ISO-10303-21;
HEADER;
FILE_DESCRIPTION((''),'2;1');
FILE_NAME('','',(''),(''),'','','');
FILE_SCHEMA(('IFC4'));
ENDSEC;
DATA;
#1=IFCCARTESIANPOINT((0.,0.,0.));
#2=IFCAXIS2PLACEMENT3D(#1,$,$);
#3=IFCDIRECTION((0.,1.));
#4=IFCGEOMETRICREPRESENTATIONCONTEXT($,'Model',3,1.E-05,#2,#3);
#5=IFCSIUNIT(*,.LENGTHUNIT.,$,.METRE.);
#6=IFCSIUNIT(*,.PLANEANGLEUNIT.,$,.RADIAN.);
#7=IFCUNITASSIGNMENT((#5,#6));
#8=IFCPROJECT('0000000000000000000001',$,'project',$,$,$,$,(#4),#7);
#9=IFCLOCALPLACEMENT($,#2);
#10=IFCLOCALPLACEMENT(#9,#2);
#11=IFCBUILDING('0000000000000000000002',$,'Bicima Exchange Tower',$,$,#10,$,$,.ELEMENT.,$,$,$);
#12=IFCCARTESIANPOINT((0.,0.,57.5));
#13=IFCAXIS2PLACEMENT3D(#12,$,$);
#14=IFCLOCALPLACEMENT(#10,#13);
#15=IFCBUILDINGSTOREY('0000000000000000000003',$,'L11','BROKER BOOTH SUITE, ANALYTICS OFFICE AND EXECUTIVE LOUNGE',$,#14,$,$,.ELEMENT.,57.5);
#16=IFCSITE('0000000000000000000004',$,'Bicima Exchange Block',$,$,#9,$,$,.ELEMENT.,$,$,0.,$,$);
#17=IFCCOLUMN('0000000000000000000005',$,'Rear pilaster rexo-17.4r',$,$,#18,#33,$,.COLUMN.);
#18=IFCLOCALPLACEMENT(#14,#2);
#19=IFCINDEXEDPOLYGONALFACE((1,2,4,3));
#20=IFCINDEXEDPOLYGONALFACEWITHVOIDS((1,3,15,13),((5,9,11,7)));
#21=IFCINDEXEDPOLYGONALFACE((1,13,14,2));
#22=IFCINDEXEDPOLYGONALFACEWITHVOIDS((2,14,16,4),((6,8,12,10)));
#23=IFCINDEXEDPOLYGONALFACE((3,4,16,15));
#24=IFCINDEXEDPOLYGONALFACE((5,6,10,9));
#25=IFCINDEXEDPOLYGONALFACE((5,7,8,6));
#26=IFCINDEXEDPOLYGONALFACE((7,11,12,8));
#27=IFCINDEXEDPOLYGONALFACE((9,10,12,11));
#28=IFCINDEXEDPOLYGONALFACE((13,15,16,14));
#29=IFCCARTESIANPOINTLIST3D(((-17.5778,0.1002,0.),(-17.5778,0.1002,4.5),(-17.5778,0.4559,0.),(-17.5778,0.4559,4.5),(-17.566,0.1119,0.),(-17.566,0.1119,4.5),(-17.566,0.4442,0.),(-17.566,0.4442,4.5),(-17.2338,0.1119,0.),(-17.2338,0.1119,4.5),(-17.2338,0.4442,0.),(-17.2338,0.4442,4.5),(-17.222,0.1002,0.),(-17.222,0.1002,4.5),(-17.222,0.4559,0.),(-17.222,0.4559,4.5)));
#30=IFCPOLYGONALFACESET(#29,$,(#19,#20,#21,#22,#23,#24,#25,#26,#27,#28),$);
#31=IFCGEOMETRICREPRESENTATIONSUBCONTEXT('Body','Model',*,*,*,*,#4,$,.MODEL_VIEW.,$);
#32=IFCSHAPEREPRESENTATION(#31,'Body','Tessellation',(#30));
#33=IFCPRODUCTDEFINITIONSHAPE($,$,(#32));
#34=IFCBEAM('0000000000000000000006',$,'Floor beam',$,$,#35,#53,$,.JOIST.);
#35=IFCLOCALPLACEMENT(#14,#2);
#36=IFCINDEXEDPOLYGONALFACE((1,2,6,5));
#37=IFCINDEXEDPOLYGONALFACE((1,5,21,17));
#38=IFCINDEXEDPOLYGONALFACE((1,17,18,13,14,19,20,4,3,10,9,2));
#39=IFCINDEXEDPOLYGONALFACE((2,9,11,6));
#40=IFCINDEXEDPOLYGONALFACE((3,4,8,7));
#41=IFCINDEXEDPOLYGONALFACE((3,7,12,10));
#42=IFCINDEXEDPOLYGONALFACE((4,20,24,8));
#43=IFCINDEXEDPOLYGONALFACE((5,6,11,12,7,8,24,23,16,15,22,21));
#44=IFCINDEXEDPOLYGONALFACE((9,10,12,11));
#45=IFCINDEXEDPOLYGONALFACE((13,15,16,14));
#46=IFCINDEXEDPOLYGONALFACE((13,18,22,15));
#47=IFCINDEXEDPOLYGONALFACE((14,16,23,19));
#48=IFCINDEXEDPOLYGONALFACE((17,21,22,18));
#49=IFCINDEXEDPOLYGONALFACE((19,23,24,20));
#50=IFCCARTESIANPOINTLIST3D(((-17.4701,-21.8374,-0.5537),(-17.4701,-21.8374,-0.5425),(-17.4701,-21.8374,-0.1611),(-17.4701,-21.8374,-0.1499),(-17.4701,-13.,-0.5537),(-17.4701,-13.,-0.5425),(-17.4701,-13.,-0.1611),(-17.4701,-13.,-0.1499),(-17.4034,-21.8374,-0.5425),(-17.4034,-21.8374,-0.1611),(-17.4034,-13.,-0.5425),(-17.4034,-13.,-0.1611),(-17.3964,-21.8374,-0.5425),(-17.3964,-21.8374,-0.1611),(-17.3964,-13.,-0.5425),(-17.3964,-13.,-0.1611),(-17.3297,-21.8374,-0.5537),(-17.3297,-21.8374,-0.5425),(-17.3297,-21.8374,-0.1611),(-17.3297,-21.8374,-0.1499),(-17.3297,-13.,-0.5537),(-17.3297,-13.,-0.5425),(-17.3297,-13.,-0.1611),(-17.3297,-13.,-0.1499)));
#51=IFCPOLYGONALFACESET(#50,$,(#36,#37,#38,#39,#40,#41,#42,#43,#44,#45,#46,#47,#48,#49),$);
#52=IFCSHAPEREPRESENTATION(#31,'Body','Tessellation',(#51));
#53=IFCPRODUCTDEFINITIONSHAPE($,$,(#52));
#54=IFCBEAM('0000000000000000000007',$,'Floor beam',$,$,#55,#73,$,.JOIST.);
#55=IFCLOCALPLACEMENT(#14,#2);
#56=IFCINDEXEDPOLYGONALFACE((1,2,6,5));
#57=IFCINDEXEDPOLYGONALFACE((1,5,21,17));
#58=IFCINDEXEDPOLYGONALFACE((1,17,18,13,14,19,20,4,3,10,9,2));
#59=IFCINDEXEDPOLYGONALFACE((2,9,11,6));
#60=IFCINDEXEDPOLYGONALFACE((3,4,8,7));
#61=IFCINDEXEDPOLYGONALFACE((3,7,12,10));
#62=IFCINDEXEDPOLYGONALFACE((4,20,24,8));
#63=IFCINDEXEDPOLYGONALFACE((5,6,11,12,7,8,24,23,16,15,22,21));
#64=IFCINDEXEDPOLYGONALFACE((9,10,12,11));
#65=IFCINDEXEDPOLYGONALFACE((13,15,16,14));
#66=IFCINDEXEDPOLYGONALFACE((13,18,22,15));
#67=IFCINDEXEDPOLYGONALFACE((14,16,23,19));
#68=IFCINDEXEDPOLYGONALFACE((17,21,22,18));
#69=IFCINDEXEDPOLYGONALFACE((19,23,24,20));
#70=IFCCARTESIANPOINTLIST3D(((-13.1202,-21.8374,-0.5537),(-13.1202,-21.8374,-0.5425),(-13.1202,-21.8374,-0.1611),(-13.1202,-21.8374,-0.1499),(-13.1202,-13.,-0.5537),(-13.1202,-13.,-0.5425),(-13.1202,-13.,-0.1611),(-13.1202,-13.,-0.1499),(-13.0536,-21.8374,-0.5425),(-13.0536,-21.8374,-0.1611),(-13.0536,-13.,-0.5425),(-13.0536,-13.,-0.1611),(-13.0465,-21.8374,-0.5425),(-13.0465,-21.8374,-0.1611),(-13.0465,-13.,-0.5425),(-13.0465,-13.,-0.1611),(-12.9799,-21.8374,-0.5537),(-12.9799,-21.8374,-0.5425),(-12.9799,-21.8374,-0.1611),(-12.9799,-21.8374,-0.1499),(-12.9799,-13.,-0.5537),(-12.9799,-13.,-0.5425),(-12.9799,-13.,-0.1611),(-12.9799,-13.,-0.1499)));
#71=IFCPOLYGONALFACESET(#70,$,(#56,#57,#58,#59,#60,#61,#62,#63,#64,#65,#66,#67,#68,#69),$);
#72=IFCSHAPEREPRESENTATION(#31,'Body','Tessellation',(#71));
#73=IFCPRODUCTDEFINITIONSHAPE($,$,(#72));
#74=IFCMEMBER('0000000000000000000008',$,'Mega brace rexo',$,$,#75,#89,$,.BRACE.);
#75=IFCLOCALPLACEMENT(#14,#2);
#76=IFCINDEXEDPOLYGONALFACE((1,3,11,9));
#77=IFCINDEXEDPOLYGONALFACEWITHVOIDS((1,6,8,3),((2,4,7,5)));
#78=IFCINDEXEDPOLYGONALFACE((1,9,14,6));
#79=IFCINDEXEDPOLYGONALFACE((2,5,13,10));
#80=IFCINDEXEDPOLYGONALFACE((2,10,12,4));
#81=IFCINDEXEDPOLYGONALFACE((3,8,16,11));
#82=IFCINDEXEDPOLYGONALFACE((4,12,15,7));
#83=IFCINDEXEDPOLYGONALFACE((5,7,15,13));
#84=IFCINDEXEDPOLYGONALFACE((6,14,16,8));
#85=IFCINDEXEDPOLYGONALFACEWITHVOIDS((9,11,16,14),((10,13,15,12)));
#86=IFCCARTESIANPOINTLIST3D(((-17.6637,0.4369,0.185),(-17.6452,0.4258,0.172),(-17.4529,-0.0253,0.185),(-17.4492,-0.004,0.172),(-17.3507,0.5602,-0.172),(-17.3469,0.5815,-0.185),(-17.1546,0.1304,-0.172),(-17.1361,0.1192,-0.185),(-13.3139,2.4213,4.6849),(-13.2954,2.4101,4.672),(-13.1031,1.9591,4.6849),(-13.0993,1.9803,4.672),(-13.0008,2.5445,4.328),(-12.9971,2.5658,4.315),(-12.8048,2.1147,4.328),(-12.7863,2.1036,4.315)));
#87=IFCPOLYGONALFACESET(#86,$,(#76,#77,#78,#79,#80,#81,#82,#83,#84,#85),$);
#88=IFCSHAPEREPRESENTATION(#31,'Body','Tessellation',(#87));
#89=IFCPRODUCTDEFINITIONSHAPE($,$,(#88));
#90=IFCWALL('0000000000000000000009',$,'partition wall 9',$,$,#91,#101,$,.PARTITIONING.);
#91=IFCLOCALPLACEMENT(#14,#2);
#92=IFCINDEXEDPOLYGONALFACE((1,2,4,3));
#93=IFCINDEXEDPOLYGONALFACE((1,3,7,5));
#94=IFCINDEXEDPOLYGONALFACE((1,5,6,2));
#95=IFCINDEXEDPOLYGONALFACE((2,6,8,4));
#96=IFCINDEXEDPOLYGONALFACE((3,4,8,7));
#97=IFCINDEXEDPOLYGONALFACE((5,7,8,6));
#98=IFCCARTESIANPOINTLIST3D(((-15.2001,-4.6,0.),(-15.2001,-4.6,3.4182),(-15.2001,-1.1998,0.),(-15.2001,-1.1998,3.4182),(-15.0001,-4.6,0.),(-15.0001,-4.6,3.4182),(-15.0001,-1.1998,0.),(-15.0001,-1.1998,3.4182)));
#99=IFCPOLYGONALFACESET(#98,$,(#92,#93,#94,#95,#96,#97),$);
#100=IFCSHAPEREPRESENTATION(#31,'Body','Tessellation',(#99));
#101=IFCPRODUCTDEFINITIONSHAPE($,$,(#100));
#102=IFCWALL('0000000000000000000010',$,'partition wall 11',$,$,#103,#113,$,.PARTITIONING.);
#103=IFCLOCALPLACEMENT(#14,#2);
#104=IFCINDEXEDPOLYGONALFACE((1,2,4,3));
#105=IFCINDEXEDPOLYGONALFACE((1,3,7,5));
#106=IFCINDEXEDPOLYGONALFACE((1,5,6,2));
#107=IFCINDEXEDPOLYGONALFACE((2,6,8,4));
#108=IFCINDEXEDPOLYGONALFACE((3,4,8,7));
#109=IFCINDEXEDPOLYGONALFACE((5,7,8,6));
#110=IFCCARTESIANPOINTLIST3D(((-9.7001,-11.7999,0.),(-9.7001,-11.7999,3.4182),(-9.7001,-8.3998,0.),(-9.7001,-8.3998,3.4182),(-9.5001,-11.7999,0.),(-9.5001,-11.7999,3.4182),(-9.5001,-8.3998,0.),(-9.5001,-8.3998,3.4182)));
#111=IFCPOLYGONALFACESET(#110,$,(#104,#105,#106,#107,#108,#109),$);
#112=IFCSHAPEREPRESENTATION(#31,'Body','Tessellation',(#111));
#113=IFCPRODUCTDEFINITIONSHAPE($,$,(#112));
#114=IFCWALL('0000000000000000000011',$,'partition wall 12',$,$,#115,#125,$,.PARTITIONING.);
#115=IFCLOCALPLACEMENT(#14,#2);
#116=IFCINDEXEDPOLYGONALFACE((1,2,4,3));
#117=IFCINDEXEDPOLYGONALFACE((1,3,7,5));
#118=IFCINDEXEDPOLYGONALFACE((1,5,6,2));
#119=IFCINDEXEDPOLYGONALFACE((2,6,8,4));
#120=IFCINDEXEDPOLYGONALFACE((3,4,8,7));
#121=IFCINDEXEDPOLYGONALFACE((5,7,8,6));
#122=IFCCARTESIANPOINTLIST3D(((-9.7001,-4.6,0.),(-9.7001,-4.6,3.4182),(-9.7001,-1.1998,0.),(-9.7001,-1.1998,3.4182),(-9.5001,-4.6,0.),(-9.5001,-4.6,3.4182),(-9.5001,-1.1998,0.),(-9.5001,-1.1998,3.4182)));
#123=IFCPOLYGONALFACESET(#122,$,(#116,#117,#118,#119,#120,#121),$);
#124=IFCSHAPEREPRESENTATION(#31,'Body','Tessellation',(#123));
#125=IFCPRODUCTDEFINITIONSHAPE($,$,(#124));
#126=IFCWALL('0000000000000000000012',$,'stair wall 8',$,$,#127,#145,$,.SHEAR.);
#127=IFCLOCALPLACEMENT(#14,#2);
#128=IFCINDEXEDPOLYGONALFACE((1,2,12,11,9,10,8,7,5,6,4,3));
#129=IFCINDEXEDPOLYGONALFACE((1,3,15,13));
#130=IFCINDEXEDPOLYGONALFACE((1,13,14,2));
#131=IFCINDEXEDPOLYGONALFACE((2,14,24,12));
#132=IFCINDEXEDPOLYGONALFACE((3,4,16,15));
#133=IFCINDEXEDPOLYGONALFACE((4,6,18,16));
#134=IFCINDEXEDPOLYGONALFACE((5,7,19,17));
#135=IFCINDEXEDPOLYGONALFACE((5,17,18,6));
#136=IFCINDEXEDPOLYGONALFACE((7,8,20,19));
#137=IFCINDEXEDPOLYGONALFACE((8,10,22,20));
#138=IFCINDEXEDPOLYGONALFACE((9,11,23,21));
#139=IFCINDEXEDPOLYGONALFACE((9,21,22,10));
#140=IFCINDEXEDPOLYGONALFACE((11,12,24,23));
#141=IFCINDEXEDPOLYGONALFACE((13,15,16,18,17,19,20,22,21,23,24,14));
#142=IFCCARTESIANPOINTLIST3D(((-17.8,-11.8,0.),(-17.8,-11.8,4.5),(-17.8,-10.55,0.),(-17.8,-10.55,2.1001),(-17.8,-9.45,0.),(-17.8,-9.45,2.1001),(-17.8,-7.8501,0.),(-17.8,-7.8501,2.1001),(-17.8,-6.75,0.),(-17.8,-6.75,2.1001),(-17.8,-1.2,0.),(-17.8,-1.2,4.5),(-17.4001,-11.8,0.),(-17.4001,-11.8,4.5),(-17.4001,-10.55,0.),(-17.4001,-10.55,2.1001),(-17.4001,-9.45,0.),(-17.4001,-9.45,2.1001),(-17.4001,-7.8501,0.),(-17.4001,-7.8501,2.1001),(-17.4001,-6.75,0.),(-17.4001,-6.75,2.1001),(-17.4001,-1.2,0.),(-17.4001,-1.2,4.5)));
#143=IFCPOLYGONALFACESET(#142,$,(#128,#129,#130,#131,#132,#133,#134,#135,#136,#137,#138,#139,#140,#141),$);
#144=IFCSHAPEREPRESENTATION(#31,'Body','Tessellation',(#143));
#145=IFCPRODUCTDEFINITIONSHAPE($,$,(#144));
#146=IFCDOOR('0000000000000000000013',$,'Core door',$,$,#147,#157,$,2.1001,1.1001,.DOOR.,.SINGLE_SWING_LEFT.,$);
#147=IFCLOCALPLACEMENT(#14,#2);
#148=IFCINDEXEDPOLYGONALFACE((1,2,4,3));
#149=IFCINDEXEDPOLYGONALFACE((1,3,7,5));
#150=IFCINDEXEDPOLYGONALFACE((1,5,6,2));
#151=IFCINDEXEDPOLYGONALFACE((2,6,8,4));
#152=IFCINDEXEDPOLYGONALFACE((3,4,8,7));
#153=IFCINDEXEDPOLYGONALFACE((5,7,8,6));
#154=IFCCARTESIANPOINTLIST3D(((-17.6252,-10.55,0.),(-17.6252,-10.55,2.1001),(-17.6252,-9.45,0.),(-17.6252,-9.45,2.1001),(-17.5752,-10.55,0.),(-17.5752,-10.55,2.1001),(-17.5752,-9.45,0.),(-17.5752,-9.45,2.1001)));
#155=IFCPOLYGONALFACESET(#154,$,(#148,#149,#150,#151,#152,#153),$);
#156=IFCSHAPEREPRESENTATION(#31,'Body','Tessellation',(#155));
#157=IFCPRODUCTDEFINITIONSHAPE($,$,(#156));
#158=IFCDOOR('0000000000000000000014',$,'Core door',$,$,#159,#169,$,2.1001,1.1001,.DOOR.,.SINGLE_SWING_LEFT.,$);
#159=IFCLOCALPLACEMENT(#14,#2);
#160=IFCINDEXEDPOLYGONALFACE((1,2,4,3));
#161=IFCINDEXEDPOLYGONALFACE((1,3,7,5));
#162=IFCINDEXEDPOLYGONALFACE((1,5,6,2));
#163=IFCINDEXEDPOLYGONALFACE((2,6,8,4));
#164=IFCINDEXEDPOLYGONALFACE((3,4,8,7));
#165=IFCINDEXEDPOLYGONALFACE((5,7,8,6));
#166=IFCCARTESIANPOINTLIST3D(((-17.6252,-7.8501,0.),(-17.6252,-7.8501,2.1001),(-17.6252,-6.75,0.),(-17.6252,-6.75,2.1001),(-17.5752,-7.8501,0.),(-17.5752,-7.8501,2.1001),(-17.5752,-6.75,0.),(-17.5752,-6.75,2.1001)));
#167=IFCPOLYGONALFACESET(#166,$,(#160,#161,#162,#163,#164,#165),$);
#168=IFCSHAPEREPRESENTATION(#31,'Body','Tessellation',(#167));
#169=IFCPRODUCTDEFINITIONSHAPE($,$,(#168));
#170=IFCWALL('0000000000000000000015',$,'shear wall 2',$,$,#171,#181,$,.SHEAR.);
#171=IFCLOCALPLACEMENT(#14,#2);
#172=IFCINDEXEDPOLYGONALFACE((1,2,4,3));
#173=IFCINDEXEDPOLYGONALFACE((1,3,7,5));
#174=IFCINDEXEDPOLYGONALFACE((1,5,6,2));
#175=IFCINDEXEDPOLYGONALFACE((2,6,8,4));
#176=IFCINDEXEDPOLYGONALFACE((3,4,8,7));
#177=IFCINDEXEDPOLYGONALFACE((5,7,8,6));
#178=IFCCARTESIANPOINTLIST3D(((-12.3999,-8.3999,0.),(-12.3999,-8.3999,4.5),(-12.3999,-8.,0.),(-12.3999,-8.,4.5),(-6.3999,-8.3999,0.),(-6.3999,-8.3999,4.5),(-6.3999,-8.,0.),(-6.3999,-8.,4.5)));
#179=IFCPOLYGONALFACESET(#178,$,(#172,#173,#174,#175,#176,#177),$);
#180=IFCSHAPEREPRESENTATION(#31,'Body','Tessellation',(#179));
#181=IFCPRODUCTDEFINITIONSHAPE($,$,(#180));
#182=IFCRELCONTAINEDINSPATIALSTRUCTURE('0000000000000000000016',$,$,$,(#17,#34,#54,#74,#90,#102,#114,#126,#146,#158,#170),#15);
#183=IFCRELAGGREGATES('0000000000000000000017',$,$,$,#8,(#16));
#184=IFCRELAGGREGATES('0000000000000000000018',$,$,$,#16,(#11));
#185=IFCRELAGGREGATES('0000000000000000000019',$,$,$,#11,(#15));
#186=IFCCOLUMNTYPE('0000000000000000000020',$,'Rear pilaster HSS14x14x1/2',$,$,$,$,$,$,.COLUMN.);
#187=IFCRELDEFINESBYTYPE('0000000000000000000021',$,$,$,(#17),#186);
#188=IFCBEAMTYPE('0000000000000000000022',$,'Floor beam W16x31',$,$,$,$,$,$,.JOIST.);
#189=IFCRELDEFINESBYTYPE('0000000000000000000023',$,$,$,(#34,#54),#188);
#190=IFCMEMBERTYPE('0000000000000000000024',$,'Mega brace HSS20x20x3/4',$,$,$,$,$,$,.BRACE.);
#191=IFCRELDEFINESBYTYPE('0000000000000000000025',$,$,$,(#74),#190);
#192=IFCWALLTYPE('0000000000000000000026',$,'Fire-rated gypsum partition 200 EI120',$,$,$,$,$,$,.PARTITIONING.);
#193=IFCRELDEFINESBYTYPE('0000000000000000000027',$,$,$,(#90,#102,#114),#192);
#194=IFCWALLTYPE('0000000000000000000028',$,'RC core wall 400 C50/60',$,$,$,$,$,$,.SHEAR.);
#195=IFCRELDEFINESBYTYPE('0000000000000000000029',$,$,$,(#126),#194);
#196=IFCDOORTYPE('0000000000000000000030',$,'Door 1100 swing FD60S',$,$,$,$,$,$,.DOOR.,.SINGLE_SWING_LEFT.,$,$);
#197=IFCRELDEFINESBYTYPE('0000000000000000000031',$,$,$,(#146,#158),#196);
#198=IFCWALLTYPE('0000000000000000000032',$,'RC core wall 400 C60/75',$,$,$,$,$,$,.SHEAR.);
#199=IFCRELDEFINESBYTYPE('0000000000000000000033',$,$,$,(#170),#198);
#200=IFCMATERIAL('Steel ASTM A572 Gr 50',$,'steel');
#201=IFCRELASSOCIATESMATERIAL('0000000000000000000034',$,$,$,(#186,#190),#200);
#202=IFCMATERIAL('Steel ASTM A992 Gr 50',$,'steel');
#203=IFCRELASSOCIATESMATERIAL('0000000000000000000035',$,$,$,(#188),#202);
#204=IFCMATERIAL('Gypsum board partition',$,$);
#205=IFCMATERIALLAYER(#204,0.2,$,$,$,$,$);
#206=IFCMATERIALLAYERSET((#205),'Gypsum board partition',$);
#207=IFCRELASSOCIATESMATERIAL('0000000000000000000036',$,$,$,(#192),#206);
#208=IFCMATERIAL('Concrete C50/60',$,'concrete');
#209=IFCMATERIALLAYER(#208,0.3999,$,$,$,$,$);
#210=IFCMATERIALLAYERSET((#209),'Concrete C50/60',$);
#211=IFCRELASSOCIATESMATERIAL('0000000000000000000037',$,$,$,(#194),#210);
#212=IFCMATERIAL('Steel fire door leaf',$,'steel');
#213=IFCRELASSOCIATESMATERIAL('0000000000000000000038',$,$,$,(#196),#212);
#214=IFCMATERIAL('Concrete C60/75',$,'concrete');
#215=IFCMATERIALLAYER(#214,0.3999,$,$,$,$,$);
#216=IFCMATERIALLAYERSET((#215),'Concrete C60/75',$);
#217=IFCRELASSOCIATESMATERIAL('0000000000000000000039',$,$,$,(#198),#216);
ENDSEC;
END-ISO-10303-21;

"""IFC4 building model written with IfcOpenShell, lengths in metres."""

from ifc_helpers import new_model, si_unit, direction, frame, frame_2d, origin, origin_2d, place, context, subcontext, project, spatial, rectangle, hollow_rectangle, i_section, extrude, material, layer, layer_set, material_profile, profile_set, type_object, element, fill, save


model = new_model("IFC4")

# Units and contexts
model_context = context("Model", 3, precision=1e-05, world=origin(), true_north=direction((0.0, 1.0)))
body_context = subcontext(model_context, "Body", "Model", "MODEL_VIEW")
ifc_project = project(units=[si_unit("LENGTHUNIT", "METRE"), si_unit("PLANEANGLEUNIT", "RADIAN")], contexts=[model_context])

# Site, building, storey
site_placement = place(None, origin())
site = spatial("IfcSite", under=ifc_project, at=site_placement, Name="Bicima Exchange Block", CompositionType="ELEMENT", RefElevation=0.0)
building_placement = place(site_placement, origin())
building = spatial("IfcBuilding", under=site, at=building_placement, Name="Bicima Exchange Tower", CompositionType="ELEMENT")
storey_placement = place(building_placement, frame((0.0, 0.0, 57.5)))
storey = spatial("IfcBuildingStorey", under=building, at=storey_placement, Name="L11", Description="BROKER BOOTH SUITE, ANALYTICS OFFICE AND EXECUTIVE LOUNGE", CompositionType="ELEMENT", Elevation=57.5)

# Column
ifc_material_1 = material(Name="Steel ASTM A572 Gr 50", Category="steel")
ifc_material_profile_1 = material_profile(ifc_material_1, hollow_rectangle(XDim=0.3557, YDim=0.3557, WallThickness=0.0117, at=origin_2d()))
ifc_profile_set_1 = profile_set([ifc_material_profile_1], Name="Steel ASTM A572 Gr 50")
column_type = type_object("IfcColumnType", Name="Rear pilaster HSS14x14x1/2", PredefinedType="COLUMN", material=ifc_profile_set_1)
column_placement = place(storey_placement, frame((-17.3999, 0.2781, 0.0), z_axis=(0.0, 0.0, 1.0), x_axis=(1.0, 0.0, 0.0)))
element("IfcColumn", 1, at=column_placement, inside=storey, type_object=column_type, Name="Rear pilaster rexo-17.4r", PredefinedType="COLUMN", context=body_context, shape_type="SweptSolid", body=[
    extrude(hollow_rectangle(XDim=0.3557, YDim=0.3557, WallThickness=0.0117, at=origin_2d()), origin(), (0.0, 0.0, 1.0), 4.5),
])

# Beams
ifc_material_2 = material(Name="Steel ASTM A992 Gr 50", Category="steel")
ifc_material_profile_2 = material_profile(ifc_material_2, i_section(OverallWidth=0.1404, OverallDepth=0.4038, WebThickness=0.0071, FlangeThickness=0.0112, at=origin_2d()))
ifc_profile_set_2 = profile_set([ifc_material_profile_2], Name="Steel ASTM A992 Gr 50")
beam_type = type_object("IfcBeamType", Name="Floor beam W16x31", PredefinedType="JOIST", material=ifc_profile_set_2)
for number, where, z_axis, x_axis, name in (
    (2, (-17.3999, -13.0, -0.3518), (0.0, -1.0, 0.0), (1.0, 0.0, 0.0), "Floor beam"),
    (3, (-13.05, -13.0, -0.3518), (0.0, -1.0, 0.0), (1.0, 0.0, 0.0), "Floor beam"),
):
    element("IfcBeam", number, at=place(storey_placement, frame(where, z_axis=z_axis, x_axis=x_axis)), inside=storey, type_object=beam_type, Name=name, PredefinedType="JOIST", context=body_context, shape_type="SweptSolid", body=[
        extrude(i_section(OverallWidth=0.1404, OverallDepth=0.4038, WebThickness=0.0071, FlangeThickness=0.0112, at=origin_2d()), origin(), (0.0, 0.0, 1.0), 8.8374),
    ])

# Member
ifc_material_profile_3 = material_profile(ifc_material_1, hollow_rectangle(XDim=0.5081, YDim=0.5081, WallThickness=0.0178, at=origin_2d()))
ifc_profile_set_3 = profile_set([ifc_material_profile_3], Name="Steel ASTM A572 Gr 50")
member_type = type_object("IfcMemberType", Name="Mega brace HSS20x20x3/4", PredefinedType="BRACE", material=ifc_profile_set_3)
member_placement = place(storey_placement, frame((-17.3999, 0.2781, 0.0), z_axis=(0.662508, 0.302232, 0.685376), x_axis=(-0.415045, 0.909801, 0.0)))
element("IfcMember", 4, at=member_placement, inside=storey, type_object=member_type, Name="Mega brace rexo", PredefinedType="BRACE", context=body_context, shape_type="SweptSolid", body=[
    extrude(hollow_rectangle(XDim=0.5081, YDim=0.5081, WallThickness=0.0178, at=origin_2d()), origin(), (0.0, 0.0, 1.0), 6.5657),
])

# Walls
ifc_material_3 = material(Name="Gypsum board partition")
ifc_layer_1 = layer(ifc_material_3, 0.2)
ifc_layer_set_1 = layer_set([ifc_layer_1], Name="Gypsum board partition")
wall_type_1 = type_object("IfcWallType", Name="Fire-rated gypsum partition 200 EI120", PredefinedType="PARTITIONING", material=ifc_layer_set_1)
for number, where, z_axis, x_axis, name in (
    (5, (-15.1001, -4.6001, 0.0), (0.0, 0.0, 1.0), (0.0, 1.0, 0.0), "partition wall 9"),
    (6, (-9.6001, -11.8, 0.0), (0.0, 0.0, 1.0), (0.0, 1.0, 0.0), "partition wall 11"),
    (7, (-9.6001, -4.6001, 0.0), (0.0, 0.0, 1.0), (0.0, 1.0, 0.0), "partition wall 12"),
):
    element("IfcWall", number, at=place(storey_placement, frame(where, z_axis=z_axis, x_axis=x_axis)), inside=storey, type_object=wall_type_1, Name=name, PredefinedType="PARTITIONING", context=body_context, shape_type="SweptSolid", body=[
        extrude(rectangle(XDim=3.4001, YDim=0.2, at=frame_2d((1.7002, 0.0))), origin(), (0.0, 0.0, 1.0), 3.4182),
    ])

# Wall, openings, doors
ifc_material_4 = material(Name="Concrete C50/60", Category="concrete")
ifc_layer_2 = layer(ifc_material_4, 0.3999)
ifc_layer_set_2 = layer_set([ifc_layer_2], Name="Concrete C50/60")
wall_type_2 = type_object("IfcWallType", Name="RC core wall 400 C50/60", PredefinedType="SHEAR", material=ifc_layer_set_2)
wall_1_placement = place(storey_placement, frame((-17.6001, -11.8, 0.0), z_axis=(0.0, 0.0, 1.0), x_axis=(0.0, 1.0, 0.0)))
wall_1 = element("IfcWall", 8, at=wall_1_placement, inside=storey, type_object=wall_type_2, Name="stair wall 8", PredefinedType="SHEAR", context=body_context, shape_type="SweptSolid", body=[
    extrude(rectangle(XDim=10.6001, YDim=0.3999, at=frame_2d((5.3, 0.0))), origin(), (0.0, 0.0, 1.0), 4.5),
])
opening_1_placement = place(wall_1_placement, frame((1.25, 0.0, 0.0)))
opening_1 = element("IfcOpeningElement", 9, at=opening_1_placement, cuts=wall_1, PredefinedType="OPENING", context=body_context, shape_type="SweptSolid", body=[
    extrude(rectangle(XDim=1.1001, YDim=2.1001, at=frame_2d((0.55, 1.05))), frame((0.0, 0.2119, 0.0), z_axis=(0.0, -1.0, 0.0), x_axis=(1.0, 0.0, 0.0)), (0.0, 0.0, 1.0), 0.4238),
])
opening_2_placement = place(wall_1_placement, frame((3.95, 0.0, 0.0)))
opening_2 = element("IfcOpeningElement", 10, at=opening_2_placement, cuts=wall_1, PredefinedType="OPENING", context=body_context, shape_type="SweptSolid", body=[
    extrude(rectangle(XDim=1.1001, YDim=2.1001, at=frame_2d((0.55, 1.05))), frame((0.0, 0.2119, 0.0), z_axis=(0.0, -1.0, 0.0), x_axis=(1.0, 0.0, 0.0)), (0.0, 0.0, 1.0), 0.4238),
])
ifc_material_5 = material(Name="Steel fire door leaf", Category="steel")
door_type_1 = type_object("IfcDoorType", Name="Door 1100 swing FD60S", OperationType="SINGLE_SWING_LEFT", PredefinedType="DOOR", material=ifc_material_5)
door_1_placement = place(opening_1_placement, frame((1.1001, 0.0, 0.0), z_axis=(0.0, 0.0, 1.0), x_axis=(-1.0, 0.0, 0.0)))
door_1 = element("IfcDoor", 11, at=door_1_placement, inside=storey, type_object=door_type_1, Name="Core door", OperationType="SINGLE_SWING_LEFT", OverallHeight=2.1001, OverallWidth=1.1001, PredefinedType="DOOR", context=body_context, shape_type="SweptSolid", body=[
    extrude(rectangle(XDim=1.1001, YDim=2.1001, at=frame_2d((0.55, 1.05))), frame((0.0, 0.0249, 0.0), z_axis=(0.0, -1.0, 0.0), x_axis=(1.0, 0.0, 0.0)), (0.0, 0.0, 1.0), 0.05),
])
fill(opening_1, door_1)
door_2_placement = place(opening_2_placement, frame((1.1001, 0.0, 0.0), z_axis=(0.0, 0.0, 1.0), x_axis=(-1.0, 0.0, 0.0)))
door_2 = element("IfcDoor", 12, at=door_2_placement, inside=storey, type_object=door_type_1, Name="Core door", OperationType="SINGLE_SWING_LEFT", OverallHeight=2.1001, OverallWidth=1.1001, PredefinedType="DOOR", context=body_context, shape_type="SweptSolid", body=[
    extrude(rectangle(XDim=1.1001, YDim=2.1001, at=frame_2d((0.55, 1.05))), frame((0.0, 0.0249, 0.0), z_axis=(0.0, -1.0, 0.0), x_axis=(1.0, 0.0, 0.0)), (0.0, 0.0, 1.0), 0.05),
])
fill(opening_2, door_2)

# Wall
ifc_material_6 = material(Name="Concrete C60/75", Category="concrete")
ifc_layer_3 = layer(ifc_material_6, 0.3999)
ifc_layer_set_3 = layer_set([ifc_layer_3], Name="Concrete C60/75")
wall_type_3 = type_object("IfcWallType", Name="RC core wall 400 C60/75", PredefinedType="SHEAR", material=ifc_layer_set_3)
wall_2_placement = place(storey_placement, frame((-12.3999, -8.2, 0.0), z_axis=(0.0, 0.0, 1.0), x_axis=(1.0, 0.0, 0.0)))
element("IfcWall", 13, at=wall_2_placement, inside=storey, type_object=wall_type_3, Name="shear wall 2", PredefinedType="SHEAR", context=body_context, shape_type="SweptSolid", body=[
    extrude(rectangle(XDim=6.0, YDim=0.3999, at=frame_2d((3.0, 0.0))), origin(), (0.0, 0.0, 1.0), 4.5),
])

save(model, "model.ifc")
